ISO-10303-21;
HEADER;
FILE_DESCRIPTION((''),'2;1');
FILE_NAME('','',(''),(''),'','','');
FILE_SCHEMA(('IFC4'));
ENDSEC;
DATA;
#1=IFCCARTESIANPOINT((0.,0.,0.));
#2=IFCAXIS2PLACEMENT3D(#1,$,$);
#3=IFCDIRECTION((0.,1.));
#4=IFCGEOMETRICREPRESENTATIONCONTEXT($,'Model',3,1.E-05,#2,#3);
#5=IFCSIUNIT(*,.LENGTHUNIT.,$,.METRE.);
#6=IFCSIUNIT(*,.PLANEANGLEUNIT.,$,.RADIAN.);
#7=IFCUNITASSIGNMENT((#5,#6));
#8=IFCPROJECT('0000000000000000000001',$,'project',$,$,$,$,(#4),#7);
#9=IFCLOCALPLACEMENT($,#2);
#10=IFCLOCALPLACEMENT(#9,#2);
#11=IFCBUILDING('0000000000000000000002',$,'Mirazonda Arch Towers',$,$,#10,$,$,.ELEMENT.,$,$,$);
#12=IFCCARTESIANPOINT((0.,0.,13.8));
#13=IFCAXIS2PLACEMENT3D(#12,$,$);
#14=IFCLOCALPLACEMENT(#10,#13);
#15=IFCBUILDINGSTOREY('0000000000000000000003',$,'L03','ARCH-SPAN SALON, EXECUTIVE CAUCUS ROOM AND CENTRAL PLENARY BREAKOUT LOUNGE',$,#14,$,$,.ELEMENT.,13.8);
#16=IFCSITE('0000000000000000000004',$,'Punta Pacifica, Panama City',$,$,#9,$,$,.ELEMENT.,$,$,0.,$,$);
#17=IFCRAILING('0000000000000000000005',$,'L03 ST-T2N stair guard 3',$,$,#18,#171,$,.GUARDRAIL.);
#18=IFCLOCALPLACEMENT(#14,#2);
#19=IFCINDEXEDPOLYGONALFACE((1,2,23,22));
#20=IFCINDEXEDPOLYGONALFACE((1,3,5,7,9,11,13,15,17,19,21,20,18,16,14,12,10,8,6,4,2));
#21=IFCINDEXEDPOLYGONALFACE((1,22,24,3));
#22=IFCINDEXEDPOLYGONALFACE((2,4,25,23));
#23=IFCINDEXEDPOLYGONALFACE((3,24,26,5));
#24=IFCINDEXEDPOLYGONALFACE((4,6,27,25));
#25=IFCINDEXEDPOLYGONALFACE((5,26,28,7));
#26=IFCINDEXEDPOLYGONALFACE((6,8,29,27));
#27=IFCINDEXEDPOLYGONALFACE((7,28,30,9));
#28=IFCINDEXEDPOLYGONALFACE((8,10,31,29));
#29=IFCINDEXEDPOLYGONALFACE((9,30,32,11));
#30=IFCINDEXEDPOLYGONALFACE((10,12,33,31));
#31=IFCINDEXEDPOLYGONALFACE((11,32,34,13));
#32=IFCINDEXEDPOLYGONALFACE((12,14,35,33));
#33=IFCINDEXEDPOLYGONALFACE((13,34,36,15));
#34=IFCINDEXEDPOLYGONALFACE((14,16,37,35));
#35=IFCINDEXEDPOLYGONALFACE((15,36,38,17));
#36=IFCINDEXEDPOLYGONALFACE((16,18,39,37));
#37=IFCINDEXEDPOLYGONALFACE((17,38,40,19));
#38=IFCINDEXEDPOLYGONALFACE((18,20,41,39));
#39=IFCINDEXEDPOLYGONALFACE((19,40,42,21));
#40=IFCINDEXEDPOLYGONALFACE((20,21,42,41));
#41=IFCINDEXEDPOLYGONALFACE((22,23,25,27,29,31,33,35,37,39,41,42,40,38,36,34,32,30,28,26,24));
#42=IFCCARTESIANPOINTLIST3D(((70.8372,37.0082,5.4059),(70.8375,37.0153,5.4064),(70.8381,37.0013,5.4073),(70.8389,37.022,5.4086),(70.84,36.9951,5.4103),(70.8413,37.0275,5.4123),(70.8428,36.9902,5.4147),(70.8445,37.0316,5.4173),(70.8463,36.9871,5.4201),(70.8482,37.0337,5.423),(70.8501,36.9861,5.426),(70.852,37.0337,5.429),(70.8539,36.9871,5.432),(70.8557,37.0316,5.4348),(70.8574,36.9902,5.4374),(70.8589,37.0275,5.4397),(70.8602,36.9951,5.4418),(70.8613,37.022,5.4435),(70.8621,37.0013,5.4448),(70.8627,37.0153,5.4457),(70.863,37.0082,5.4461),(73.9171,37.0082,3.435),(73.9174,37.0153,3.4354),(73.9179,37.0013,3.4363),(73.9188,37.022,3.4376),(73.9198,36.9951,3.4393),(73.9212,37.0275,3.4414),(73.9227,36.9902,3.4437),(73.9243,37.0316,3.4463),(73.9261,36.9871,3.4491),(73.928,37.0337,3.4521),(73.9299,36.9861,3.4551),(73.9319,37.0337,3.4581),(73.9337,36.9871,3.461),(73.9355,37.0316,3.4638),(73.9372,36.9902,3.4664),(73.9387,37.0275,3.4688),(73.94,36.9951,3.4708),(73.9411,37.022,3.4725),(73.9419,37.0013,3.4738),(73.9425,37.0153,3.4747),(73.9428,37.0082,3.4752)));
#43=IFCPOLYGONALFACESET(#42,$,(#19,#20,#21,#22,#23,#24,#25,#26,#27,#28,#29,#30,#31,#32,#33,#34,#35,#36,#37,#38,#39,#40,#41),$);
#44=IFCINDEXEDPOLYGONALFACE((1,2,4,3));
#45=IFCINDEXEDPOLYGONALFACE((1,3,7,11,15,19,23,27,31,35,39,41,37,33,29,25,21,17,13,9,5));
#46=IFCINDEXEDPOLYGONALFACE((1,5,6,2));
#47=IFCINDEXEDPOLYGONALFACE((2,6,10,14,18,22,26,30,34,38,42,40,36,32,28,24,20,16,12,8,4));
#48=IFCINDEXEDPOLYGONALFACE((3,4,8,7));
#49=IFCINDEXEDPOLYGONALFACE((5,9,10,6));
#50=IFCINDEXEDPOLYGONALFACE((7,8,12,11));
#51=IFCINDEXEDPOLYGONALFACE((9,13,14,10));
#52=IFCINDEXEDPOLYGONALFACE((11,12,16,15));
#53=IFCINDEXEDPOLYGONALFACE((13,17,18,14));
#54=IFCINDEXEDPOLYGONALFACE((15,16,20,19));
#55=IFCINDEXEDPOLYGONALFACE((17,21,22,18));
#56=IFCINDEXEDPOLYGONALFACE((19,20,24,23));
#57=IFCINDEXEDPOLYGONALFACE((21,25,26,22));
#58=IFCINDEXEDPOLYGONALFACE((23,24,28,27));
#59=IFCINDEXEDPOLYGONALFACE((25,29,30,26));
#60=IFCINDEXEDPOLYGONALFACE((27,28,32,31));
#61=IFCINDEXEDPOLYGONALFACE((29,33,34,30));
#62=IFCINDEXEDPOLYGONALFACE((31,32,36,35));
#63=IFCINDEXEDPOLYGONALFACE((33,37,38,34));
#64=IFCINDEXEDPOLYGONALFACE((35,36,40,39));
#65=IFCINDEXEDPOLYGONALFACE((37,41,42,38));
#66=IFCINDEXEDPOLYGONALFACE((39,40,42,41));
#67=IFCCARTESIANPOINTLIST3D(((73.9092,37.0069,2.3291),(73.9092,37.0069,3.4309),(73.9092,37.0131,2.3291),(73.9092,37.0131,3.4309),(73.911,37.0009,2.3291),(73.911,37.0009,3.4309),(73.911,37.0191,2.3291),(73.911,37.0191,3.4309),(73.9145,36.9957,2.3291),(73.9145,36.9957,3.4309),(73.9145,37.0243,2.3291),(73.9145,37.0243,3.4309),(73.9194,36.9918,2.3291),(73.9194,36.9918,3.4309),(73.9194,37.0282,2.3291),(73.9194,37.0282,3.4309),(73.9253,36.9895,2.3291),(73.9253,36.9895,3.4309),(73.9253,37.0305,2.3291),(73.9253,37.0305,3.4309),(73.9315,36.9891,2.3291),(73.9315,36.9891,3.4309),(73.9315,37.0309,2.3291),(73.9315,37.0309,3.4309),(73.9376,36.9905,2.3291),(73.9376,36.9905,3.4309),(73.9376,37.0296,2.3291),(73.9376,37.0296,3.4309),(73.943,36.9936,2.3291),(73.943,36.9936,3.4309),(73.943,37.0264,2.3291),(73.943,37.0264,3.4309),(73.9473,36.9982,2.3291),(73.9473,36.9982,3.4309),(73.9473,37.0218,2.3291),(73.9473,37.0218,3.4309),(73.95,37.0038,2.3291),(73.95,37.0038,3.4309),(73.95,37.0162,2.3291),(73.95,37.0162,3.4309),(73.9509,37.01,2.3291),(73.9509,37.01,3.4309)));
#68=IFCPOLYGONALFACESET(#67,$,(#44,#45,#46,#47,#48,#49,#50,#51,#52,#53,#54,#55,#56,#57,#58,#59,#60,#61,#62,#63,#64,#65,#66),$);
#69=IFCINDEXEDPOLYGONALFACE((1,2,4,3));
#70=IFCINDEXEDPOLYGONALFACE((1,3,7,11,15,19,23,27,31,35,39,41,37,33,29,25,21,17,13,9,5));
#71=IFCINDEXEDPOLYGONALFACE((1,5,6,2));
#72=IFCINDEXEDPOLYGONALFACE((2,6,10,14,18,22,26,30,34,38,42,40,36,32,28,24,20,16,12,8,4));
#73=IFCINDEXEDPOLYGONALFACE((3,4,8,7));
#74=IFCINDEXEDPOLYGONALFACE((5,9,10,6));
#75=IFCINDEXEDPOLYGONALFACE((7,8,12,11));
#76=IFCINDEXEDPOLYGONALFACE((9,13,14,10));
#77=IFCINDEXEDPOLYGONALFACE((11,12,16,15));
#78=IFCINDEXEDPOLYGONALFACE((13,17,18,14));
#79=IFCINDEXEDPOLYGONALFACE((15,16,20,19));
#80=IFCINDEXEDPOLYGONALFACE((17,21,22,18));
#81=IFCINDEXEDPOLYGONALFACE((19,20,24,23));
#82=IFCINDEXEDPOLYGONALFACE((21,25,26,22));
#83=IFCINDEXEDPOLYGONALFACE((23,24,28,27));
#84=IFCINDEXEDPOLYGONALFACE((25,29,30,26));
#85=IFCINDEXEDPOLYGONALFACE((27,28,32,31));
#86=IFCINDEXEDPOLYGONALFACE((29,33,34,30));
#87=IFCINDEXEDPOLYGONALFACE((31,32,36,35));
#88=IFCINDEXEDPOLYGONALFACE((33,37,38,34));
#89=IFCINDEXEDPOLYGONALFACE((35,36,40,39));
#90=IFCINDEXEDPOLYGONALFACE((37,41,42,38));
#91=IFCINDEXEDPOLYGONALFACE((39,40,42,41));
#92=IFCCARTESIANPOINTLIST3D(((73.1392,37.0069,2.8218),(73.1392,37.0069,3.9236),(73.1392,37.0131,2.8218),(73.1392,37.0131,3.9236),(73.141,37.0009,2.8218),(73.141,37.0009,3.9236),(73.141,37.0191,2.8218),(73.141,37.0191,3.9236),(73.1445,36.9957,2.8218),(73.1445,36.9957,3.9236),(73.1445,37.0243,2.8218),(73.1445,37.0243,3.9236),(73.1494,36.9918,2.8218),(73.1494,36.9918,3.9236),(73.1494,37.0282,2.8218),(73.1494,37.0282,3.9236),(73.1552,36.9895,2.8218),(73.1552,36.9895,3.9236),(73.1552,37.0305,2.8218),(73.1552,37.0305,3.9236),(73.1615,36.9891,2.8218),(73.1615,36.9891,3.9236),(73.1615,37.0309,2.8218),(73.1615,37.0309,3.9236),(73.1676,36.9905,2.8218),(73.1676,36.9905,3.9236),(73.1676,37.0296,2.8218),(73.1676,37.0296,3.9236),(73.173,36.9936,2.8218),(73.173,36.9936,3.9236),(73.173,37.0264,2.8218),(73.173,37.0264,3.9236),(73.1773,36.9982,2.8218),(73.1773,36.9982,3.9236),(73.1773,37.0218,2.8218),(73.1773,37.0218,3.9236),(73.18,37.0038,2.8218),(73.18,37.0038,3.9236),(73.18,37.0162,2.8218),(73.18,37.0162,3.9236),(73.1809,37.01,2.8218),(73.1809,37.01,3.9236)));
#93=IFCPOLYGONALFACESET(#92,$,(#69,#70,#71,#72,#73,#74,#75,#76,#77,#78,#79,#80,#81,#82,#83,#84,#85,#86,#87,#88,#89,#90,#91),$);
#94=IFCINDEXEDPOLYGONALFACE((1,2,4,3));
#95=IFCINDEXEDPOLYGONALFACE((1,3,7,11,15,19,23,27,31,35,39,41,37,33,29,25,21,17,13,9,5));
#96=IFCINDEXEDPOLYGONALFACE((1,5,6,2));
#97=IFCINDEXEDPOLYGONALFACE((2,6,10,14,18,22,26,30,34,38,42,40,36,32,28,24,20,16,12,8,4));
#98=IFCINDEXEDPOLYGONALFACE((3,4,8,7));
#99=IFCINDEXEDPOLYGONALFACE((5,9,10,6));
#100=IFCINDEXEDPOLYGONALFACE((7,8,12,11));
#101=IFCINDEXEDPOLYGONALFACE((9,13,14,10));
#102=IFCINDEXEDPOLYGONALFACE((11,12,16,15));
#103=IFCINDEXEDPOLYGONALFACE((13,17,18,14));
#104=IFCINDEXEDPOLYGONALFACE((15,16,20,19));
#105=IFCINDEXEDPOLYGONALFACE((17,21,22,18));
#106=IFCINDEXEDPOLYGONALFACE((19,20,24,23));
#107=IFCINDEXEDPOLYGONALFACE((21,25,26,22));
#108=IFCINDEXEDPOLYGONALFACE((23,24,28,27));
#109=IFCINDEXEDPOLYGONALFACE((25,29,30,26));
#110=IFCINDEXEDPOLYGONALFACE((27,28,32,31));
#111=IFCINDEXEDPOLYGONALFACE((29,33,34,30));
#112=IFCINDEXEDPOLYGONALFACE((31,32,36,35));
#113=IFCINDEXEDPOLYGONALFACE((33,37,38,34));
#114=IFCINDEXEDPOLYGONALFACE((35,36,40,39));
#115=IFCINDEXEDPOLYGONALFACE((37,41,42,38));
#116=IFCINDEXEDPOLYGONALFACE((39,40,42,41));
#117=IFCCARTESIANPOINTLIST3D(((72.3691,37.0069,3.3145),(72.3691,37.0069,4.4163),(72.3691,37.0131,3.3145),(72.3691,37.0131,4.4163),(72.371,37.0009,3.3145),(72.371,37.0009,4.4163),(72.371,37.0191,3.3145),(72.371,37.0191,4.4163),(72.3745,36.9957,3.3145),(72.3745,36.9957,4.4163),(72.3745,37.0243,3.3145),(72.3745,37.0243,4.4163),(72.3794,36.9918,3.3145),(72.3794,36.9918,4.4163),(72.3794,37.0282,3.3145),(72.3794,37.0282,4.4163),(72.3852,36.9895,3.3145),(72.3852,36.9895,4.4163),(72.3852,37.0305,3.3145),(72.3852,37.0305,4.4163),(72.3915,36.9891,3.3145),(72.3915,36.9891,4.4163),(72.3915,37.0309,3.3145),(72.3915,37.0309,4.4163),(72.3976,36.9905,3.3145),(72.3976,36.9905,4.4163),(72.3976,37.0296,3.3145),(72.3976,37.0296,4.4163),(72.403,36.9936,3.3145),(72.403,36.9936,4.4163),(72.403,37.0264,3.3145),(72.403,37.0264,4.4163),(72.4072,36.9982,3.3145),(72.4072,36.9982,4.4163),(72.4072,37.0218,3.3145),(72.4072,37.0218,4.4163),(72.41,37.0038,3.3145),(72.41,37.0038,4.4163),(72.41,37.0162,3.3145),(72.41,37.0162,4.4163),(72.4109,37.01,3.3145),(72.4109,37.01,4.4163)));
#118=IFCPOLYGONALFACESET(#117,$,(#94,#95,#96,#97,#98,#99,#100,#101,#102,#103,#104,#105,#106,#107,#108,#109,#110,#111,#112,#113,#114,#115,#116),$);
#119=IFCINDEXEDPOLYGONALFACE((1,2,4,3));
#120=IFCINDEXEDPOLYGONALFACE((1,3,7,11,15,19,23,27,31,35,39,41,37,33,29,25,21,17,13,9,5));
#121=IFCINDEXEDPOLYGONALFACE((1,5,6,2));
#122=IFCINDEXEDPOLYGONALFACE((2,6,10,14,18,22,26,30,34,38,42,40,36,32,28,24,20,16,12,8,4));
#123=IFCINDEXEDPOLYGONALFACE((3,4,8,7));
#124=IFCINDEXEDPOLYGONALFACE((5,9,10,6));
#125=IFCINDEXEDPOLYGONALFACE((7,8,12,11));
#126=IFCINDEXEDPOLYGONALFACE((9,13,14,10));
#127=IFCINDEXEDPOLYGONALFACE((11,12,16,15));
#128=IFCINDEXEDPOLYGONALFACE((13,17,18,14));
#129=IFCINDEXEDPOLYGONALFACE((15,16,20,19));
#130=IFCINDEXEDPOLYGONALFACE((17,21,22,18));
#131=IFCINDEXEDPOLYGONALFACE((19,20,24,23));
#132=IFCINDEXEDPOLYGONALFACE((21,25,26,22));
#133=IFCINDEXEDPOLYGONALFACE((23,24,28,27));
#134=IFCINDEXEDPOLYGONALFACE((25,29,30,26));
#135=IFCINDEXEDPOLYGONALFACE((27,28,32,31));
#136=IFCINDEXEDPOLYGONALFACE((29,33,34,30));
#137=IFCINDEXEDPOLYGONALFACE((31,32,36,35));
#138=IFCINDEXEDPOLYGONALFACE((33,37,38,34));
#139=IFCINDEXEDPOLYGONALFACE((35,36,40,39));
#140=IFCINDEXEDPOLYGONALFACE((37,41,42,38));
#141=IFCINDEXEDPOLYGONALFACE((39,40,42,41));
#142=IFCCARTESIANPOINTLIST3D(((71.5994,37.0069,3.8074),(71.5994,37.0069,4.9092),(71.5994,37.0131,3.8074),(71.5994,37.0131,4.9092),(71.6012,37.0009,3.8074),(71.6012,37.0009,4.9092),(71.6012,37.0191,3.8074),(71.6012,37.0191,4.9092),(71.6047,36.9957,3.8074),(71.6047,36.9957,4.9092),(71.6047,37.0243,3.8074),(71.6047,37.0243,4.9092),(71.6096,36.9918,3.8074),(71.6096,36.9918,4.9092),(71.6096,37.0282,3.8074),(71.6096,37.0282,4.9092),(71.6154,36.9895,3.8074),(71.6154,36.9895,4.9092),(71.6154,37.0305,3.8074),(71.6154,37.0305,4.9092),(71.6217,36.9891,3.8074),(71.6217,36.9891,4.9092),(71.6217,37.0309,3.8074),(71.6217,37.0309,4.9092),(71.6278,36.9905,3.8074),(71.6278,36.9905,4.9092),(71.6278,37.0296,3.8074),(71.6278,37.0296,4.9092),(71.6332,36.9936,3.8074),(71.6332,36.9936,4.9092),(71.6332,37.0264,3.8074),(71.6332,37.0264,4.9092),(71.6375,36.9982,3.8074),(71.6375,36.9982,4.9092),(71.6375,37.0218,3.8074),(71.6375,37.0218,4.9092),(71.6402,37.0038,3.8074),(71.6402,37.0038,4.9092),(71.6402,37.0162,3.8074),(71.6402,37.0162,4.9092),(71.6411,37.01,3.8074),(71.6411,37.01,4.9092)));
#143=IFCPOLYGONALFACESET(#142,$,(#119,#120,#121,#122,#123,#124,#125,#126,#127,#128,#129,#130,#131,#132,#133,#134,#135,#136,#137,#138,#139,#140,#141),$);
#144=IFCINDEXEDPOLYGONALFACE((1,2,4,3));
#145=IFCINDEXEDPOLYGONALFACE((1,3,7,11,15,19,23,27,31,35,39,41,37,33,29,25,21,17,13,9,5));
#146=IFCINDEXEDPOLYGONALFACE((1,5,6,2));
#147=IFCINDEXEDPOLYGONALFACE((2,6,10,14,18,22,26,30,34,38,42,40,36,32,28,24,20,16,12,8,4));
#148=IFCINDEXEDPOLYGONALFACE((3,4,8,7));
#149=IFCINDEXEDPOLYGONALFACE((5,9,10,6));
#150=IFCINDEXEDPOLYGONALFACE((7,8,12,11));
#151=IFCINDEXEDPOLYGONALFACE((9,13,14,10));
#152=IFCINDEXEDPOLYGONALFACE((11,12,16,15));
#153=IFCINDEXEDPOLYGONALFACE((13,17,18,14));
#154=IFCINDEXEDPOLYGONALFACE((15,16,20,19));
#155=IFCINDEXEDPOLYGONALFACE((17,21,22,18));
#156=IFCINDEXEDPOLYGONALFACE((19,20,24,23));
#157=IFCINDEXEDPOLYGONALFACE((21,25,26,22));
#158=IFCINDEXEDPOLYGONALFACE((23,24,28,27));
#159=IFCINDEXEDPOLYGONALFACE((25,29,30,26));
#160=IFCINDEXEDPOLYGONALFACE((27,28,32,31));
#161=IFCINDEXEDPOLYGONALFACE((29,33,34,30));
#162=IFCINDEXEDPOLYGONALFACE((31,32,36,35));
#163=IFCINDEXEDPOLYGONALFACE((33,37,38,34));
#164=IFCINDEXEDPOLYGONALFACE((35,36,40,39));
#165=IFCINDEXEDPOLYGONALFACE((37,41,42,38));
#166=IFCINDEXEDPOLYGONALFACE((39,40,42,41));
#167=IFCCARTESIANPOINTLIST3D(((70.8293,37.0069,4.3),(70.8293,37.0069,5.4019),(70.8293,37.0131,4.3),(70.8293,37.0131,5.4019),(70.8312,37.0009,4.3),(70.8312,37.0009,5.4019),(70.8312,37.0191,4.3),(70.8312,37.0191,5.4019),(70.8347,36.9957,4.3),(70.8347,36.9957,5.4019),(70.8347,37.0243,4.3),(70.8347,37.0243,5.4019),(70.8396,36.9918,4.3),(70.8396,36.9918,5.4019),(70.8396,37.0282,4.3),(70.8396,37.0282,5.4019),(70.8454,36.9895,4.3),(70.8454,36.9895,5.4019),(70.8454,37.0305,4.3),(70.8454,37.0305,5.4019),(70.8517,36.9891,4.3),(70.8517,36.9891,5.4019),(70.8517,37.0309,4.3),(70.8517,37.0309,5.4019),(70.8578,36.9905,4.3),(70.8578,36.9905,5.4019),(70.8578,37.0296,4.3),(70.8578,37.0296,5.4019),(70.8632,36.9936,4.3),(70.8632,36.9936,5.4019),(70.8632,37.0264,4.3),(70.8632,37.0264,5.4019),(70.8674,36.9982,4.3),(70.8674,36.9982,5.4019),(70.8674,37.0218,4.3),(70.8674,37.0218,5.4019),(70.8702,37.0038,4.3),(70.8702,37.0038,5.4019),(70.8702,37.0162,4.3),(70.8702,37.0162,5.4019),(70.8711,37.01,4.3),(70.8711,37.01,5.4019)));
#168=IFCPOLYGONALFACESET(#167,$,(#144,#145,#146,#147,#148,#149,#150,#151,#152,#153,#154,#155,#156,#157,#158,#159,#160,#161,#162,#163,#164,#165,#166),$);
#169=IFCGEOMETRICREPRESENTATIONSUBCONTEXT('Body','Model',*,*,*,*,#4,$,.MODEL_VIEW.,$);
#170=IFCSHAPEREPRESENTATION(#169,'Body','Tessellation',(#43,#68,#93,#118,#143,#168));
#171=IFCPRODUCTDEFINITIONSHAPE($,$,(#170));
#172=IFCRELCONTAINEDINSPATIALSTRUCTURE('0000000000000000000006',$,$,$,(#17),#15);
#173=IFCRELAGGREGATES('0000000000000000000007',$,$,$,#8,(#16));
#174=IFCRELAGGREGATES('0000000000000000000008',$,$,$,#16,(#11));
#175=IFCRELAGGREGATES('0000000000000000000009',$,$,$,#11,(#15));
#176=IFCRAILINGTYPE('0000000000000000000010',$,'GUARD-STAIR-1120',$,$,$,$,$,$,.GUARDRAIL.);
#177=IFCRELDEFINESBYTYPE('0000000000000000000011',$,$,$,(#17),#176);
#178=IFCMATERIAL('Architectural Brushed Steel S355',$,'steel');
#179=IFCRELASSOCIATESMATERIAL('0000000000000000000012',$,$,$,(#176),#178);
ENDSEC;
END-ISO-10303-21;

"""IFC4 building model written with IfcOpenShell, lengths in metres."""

from ifc_helpers import new_model, si_unit, direction, frame, origin, origin_2d, place, context, subcontext, project, spatial, circle, extrude, material, type_object, element, save


model = new_model("IFC4")

# Units and contexts
model_context = context("Model", 3, precision=1e-05, world=origin(), true_north=direction((0.0, 1.0)))
body_context = subcontext(model_context, "Body", "Model", "MODEL_VIEW")
ifc_project = project(units=[si_unit("LENGTHUNIT", "METRE"), si_unit("PLANEANGLEUNIT", "RADIAN")], contexts=[model_context])

# Site, building, storey
site_placement = place(None, origin())
site = spatial("IfcSite", under=ifc_project, at=site_placement, Name="Punta Pacifica, Panama City", CompositionType="ELEMENT", RefElevation=0.0)
building_placement = place(site_placement, origin())
building = spatial("IfcBuilding", under=site, at=building_placement, Name="Mirazonda Arch Towers", CompositionType="ELEMENT")
storey_placement = place(building_placement, frame((0.0, 0.0, 13.8)))
storey = spatial("IfcBuildingStorey", under=building, at=storey_placement, Name="L03", Description="ARCH-SPAN SALON, EXECUTIVE CAUCUS ROOM AND CENTRAL PLENARY BREAKOUT LOUNGE", CompositionType="ELEMENT", Elevation=13.8)

# Shared definitions
ifc_material_1 = material(Name="Architectural Brushed Steel S355", Category="steel")

# Railing
railing_type = type_object("IfcRailingType", Name="GUARD-STAIR-1120", PredefinedType="GUARDRAIL", material=ifc_material_1)
railing_1_placement = place(storey_placement, frame((73.9299, 37.01, 2.3291)))
element("IfcRailing", 1, at=railing_1_placement, inside=storey, type_object=railing_type, Name="L03 ST-T2N stair guard 3", PredefinedType="GUARDRAIL", context=body_context, shape_type="SweptSolid", body=[
    extrude(circle(Radius=0.0239, at=origin_2d()), frame((0.0, 0.0, 1.126), z_axis=(-0.84229, 0.0, 0.539025), x_axis=(0.0, -1.0, 0.0)), (0.0, 0.0, 1.0), 3.6565),
    extrude(circle(Radius=0.021, at=origin_2d()), origin(), (0.0, 0.0, 1.0), 1.1018),
    extrude(circle(Radius=0.021, at=origin_2d()), frame((-0.77, 0.0, 0.4927)), (0.0, 0.0, 1.0), 1.1018),
    extrude(circle(Radius=0.021, at=origin_2d()), frame((-1.54, 0.0, 0.9854)), (0.0, 0.0, 1.0), 1.1018),
    extrude(circle(Radius=0.021, at=origin_2d()), frame((-2.3098, 0.0, 1.4783)), (0.0, 0.0, 1.0), 1.1018),
    extrude(circle(Radius=0.021, at=origin_2d()), frame((-3.0798, 0.0, 1.9709)), (0.0, 0.0, 1.0), 1.1018),
])

save(model, "model.ifc")
